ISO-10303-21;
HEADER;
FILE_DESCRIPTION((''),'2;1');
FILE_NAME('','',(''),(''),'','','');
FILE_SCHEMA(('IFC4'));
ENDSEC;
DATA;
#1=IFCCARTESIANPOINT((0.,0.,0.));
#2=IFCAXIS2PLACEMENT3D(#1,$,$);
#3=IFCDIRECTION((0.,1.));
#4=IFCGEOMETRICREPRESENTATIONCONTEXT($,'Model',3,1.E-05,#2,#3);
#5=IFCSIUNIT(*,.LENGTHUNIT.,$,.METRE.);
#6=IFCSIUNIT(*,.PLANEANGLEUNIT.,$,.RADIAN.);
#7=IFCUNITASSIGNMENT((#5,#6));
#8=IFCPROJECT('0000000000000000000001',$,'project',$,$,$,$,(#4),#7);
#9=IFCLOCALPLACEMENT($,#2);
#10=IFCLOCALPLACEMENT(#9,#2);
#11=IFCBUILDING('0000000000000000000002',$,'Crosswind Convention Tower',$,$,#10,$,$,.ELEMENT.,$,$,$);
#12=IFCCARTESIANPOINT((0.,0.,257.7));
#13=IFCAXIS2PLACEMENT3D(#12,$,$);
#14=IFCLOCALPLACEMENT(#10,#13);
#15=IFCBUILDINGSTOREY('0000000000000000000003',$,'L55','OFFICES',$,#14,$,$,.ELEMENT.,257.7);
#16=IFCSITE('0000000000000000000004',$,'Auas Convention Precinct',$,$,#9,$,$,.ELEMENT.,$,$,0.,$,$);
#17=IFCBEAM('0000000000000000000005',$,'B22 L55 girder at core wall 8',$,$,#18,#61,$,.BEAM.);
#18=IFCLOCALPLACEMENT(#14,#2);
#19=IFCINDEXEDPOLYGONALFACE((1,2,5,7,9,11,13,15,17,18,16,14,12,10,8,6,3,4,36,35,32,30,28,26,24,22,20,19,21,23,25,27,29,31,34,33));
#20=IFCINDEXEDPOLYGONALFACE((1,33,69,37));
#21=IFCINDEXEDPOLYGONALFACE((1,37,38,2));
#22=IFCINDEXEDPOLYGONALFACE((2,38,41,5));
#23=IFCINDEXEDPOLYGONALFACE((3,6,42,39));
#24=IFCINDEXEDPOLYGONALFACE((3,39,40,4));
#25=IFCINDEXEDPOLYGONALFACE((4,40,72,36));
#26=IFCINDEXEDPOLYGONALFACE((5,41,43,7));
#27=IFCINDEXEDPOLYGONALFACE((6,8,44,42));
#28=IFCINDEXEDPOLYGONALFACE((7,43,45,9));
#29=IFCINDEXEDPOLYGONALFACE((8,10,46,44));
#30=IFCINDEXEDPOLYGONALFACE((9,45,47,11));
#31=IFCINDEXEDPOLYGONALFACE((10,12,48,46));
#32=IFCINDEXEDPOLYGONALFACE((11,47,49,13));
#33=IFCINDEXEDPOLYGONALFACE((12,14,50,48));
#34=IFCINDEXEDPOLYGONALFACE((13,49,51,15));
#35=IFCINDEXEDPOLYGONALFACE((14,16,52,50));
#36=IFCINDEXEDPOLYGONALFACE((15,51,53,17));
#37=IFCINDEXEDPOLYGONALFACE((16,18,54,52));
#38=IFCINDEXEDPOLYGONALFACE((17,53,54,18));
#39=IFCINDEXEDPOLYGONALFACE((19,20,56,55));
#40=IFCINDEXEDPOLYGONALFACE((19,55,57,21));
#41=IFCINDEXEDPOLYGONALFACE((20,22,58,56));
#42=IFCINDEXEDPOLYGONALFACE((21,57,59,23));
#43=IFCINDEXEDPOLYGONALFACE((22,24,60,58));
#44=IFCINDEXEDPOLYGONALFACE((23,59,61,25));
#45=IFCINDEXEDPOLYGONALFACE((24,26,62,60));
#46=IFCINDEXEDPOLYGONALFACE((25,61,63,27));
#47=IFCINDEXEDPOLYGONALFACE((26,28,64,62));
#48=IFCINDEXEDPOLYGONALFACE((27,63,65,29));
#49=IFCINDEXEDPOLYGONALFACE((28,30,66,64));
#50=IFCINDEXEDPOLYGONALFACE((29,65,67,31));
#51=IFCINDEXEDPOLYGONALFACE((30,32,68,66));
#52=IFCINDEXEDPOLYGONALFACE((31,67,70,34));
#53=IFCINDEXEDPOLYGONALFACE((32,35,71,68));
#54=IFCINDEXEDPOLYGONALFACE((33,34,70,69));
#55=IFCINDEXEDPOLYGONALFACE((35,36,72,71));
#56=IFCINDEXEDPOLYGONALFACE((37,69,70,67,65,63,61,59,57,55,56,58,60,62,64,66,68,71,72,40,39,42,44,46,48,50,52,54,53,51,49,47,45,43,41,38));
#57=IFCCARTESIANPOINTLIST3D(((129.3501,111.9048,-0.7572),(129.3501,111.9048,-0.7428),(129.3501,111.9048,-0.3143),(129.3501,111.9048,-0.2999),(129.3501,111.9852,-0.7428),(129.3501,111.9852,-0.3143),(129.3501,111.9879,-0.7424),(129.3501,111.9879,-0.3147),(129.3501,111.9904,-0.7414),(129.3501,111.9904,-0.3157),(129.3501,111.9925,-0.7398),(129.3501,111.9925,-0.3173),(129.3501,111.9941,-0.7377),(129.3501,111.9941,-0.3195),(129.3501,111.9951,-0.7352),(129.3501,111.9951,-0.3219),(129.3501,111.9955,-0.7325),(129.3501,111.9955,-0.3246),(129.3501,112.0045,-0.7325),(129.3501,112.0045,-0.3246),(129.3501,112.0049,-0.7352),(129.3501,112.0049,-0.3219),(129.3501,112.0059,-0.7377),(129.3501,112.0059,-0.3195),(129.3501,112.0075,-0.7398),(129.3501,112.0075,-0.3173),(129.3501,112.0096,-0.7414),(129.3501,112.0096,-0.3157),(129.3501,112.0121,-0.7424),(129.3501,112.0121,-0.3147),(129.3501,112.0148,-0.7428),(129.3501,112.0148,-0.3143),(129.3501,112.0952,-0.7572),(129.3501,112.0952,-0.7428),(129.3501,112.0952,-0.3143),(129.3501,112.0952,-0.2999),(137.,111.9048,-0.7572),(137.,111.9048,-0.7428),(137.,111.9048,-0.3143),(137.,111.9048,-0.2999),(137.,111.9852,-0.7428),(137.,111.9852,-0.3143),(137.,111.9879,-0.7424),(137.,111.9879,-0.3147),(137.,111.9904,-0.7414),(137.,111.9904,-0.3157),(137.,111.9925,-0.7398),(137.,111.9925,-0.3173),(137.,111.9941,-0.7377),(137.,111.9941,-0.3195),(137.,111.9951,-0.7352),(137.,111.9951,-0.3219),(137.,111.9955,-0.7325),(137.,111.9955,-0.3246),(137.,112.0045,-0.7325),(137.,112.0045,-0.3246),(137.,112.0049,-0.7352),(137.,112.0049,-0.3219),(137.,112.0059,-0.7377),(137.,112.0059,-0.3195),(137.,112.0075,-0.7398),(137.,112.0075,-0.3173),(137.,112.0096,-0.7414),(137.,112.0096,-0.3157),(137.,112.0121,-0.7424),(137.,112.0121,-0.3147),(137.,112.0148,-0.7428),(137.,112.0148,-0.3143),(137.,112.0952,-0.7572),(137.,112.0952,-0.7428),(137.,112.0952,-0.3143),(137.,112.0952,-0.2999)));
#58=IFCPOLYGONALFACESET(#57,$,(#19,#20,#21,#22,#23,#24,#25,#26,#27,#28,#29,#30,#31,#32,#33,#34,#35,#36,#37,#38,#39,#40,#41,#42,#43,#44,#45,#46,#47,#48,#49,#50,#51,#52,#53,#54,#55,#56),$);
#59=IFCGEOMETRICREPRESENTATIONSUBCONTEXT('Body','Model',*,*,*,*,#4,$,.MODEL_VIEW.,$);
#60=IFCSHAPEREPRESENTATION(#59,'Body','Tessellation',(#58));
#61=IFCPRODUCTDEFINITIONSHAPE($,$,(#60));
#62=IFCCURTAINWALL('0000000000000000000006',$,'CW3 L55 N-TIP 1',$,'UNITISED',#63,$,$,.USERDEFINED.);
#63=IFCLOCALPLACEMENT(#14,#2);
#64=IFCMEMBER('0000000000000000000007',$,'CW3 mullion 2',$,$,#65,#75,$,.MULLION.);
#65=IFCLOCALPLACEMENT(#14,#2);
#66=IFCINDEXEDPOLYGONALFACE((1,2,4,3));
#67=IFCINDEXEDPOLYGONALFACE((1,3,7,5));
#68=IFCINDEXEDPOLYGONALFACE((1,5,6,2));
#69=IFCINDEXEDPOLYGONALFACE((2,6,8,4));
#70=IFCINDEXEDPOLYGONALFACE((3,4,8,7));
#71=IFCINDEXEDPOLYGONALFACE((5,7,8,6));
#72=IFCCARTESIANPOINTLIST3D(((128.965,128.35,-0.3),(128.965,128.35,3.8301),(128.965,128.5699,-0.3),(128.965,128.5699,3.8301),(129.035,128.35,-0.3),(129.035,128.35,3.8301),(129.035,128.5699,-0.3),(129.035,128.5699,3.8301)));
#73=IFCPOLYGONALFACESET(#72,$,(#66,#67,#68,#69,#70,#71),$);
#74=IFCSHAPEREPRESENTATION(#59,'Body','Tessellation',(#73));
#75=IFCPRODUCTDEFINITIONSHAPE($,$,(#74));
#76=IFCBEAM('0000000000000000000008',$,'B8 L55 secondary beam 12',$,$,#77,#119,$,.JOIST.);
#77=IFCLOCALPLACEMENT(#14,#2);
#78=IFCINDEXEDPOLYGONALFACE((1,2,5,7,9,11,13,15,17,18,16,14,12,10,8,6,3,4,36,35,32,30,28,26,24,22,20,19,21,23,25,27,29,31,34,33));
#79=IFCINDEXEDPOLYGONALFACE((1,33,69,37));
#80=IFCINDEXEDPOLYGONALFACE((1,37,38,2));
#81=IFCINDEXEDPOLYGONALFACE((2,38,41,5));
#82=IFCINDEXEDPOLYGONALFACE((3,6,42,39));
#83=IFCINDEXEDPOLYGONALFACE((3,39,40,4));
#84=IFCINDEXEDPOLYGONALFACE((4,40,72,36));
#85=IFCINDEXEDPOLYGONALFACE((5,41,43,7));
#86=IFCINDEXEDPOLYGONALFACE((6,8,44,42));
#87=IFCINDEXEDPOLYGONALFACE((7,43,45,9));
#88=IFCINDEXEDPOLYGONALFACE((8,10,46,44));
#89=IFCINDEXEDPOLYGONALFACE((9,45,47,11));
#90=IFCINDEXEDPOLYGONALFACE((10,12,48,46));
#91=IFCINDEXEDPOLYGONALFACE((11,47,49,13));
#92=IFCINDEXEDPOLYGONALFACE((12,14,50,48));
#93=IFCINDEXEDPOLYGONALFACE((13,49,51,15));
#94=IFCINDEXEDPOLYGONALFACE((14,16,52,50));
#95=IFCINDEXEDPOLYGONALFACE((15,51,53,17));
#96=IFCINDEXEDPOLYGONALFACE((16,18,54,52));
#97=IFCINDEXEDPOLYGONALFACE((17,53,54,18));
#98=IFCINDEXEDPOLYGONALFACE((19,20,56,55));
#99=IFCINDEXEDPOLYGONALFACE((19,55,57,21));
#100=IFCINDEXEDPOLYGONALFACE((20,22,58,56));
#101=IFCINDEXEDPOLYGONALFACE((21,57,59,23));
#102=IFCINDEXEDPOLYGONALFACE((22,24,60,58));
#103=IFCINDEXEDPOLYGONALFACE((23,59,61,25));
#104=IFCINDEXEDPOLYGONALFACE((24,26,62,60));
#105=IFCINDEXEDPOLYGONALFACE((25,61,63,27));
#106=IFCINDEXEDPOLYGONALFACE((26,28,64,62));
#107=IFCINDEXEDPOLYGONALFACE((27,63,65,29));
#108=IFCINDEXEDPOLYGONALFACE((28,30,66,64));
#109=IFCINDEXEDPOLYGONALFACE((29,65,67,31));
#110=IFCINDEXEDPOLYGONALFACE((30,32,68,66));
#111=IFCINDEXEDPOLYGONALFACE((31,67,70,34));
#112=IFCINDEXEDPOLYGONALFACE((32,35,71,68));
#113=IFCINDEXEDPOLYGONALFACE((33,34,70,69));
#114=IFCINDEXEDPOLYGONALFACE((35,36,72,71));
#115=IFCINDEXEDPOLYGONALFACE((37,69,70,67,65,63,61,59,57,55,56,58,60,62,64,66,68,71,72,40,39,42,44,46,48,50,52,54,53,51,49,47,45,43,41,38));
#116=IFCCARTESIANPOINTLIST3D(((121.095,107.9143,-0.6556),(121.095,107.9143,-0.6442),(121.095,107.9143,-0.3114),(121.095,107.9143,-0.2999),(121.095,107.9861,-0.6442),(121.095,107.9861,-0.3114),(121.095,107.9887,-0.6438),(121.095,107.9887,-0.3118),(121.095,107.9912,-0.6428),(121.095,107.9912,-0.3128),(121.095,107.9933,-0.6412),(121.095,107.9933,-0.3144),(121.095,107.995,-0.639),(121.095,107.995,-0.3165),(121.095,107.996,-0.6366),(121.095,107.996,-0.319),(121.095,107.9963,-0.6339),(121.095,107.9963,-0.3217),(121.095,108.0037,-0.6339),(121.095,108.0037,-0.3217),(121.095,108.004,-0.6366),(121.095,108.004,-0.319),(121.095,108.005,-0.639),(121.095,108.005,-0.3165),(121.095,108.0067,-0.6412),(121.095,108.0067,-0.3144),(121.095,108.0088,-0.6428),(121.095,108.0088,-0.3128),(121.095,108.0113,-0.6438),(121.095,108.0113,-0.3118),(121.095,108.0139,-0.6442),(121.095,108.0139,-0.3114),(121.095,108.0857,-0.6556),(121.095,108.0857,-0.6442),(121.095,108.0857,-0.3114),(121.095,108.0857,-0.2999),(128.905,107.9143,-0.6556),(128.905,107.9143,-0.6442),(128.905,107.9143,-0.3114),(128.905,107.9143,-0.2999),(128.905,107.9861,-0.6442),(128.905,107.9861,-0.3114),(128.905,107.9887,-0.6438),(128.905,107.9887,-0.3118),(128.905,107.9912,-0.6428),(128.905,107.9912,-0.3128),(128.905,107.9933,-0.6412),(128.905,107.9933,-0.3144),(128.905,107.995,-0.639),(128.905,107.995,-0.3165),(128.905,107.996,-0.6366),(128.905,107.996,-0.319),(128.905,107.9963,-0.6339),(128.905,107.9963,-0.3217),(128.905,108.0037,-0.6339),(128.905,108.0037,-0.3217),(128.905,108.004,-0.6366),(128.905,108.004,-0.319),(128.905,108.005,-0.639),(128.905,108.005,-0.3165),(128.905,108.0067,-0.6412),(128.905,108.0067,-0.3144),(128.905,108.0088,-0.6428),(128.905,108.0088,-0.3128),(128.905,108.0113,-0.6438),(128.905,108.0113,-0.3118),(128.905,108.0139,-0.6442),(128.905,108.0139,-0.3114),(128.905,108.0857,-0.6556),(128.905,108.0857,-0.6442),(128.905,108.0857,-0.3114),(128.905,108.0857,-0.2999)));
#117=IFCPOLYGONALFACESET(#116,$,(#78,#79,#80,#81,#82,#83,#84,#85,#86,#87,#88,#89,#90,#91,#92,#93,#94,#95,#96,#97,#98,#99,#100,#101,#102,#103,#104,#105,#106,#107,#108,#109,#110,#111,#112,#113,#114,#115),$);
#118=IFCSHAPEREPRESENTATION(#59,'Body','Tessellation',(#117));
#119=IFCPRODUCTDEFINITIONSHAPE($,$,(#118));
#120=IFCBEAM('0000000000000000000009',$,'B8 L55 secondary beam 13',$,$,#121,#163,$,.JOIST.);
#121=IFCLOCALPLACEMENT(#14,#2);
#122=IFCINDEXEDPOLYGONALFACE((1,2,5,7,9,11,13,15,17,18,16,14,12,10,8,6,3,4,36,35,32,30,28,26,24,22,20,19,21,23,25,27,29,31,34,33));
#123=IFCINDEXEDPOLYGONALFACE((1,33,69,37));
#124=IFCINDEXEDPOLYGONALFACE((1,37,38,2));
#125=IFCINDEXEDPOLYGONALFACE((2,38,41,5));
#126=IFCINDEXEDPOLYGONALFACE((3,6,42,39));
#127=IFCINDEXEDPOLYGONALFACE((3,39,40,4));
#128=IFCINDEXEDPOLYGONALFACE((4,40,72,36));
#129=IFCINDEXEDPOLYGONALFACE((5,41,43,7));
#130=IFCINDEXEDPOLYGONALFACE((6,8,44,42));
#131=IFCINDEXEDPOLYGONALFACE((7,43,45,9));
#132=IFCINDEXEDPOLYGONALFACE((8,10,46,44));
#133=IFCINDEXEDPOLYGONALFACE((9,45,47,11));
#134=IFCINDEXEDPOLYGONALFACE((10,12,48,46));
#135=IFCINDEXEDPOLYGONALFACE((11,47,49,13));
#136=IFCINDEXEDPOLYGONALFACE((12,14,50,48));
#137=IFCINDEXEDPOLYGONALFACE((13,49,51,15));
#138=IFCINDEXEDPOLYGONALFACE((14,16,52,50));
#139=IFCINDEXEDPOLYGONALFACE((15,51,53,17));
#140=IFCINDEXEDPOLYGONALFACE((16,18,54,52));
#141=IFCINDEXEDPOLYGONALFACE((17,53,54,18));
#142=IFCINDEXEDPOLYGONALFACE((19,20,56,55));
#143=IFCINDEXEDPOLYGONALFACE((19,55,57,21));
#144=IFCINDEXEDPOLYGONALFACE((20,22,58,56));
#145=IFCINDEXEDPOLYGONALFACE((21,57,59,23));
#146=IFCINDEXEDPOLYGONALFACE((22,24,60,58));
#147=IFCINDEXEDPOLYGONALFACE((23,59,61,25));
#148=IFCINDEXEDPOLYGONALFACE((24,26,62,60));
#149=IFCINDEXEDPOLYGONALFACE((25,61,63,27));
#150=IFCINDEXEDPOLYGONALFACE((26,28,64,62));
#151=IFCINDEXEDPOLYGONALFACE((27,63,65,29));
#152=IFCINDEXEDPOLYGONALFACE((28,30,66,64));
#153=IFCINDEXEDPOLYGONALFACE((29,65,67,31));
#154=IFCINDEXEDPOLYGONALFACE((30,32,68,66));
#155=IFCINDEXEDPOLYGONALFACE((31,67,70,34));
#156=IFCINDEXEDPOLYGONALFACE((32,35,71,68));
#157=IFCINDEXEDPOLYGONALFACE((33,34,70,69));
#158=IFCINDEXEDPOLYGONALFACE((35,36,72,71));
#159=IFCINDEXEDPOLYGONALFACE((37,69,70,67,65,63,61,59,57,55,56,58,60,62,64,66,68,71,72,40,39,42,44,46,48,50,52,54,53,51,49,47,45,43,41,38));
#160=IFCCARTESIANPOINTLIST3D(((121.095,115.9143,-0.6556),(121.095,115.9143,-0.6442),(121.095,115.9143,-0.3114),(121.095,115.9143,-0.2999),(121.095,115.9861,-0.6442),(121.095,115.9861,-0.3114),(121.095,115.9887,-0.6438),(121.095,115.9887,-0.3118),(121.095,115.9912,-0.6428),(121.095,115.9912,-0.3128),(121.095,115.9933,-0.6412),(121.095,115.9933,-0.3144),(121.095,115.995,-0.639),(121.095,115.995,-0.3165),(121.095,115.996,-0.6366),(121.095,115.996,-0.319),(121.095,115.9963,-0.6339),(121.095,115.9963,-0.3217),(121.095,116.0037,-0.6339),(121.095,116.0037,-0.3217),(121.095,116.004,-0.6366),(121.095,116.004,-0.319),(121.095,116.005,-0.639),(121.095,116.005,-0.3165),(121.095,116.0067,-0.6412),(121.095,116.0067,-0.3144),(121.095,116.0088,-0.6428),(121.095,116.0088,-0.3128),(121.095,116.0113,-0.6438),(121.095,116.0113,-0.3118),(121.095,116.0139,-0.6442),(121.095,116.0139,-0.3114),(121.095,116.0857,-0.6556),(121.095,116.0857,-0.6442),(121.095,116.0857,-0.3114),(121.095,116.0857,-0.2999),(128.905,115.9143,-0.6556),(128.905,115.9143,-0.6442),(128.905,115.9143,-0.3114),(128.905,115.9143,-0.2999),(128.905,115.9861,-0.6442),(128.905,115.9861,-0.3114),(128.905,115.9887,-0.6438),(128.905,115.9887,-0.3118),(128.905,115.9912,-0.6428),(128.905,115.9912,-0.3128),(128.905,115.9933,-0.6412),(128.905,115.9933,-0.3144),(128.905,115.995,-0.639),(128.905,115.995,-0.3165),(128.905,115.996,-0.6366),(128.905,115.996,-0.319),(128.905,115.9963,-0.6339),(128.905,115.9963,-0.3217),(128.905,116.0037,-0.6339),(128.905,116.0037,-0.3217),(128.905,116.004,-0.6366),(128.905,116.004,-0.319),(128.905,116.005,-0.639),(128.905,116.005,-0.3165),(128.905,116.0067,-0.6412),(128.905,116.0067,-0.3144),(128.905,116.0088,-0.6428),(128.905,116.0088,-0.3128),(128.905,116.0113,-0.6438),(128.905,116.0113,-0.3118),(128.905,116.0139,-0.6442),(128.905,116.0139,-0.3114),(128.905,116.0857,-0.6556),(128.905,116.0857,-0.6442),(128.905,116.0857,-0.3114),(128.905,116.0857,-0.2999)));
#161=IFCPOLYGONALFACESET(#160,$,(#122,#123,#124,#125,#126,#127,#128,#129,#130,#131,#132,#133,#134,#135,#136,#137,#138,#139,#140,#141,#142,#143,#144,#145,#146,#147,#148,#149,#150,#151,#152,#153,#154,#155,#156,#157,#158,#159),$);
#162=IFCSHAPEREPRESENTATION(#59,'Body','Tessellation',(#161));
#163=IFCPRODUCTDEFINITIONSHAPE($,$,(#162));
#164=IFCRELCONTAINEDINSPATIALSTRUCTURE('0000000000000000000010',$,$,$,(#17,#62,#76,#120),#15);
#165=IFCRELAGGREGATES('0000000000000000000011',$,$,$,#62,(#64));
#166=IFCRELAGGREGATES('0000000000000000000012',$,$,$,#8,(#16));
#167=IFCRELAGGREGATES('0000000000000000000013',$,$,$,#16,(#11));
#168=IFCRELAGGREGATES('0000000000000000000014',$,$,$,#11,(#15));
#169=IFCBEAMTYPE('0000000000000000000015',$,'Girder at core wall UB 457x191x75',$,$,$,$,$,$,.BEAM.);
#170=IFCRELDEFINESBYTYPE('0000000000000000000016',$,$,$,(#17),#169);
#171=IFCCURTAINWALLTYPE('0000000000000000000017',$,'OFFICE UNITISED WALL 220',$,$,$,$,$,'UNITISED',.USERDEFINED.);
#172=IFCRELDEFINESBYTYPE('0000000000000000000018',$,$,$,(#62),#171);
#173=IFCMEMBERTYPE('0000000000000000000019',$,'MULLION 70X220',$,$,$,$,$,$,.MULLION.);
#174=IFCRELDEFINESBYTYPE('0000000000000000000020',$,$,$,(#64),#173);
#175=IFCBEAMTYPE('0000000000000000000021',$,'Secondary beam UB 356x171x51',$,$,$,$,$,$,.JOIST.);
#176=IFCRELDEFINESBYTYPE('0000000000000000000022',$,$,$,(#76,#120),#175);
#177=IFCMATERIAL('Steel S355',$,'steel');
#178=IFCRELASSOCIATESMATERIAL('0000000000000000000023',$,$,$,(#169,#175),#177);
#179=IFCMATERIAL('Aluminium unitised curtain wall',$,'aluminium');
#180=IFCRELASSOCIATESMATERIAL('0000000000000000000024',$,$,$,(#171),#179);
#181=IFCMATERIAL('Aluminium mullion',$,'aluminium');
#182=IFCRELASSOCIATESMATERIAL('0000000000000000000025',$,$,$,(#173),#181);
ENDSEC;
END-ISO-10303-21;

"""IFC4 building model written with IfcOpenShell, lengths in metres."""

from ifc_helpers import new_model, si_unit, direction, frame, origin, origin_2d, place, context, subcontext, project, spatial, rectangle, i_section, extrude, material, material_profile, profile_set, type_object, element, aggregate, save


model = new_model("IFC4")

# Units and contexts
model_context = context("Model", 3, precision=1e-05, world=origin(), true_north=direction((0.0, 1.0)))
body_context = subcontext(model_context, "Body", "Model", "MODEL_VIEW")
ifc_project = project(units=[si_unit("LENGTHUNIT", "METRE"), si_unit("PLANEANGLEUNIT", "RADIAN")], contexts=[model_context])

# Site, building, storey
site_placement = place(None, origin())
site = spatial("IfcSite", under=ifc_project, at=site_placement, Name="Auas Convention Precinct", CompositionType="ELEMENT", RefElevation=0.0)
building_placement = place(site_placement, origin())
building = spatial("IfcBuilding", under=site, at=building_placement, Name="Crosswind Convention Tower", CompositionType="ELEMENT")
storey_placement = place(building_placement, frame((0.0, 0.0, 257.7)))
storey = spatial("IfcBuildingStorey", under=building, at=storey_placement, Name="L55", Description="OFFICES", CompositionType="ELEMENT", Elevation=257.7)

# Beam
ifc_material_1 = material(Name="Steel S355", Category="steel")
ifc_material_profile_1 = material_profile(ifc_material_1, i_section(OverallWidth=0.1904, OverallDepth=0.4573, WebThickness=0.009, FlangeThickness=0.0144, FilletRadius=0.0103, at=origin_2d()), Name="UB 457x191x75")
ifc_profile_set_1 = profile_set([ifc_material_profile_1], Name="Steel S355")
beam_type_1 = type_object("IfcBeamType", Name="Girder at core wall UB 457x191x75", PredefinedType="BEAM", material=ifc_profile_set_1)
for number, where, z_axis, x_axis, name in (
    (1, (129.3501, 112.0, -0.5286), (1.0, 0.0, 0.0), (0.0, 1.0, 0.0), "B22 L55 girder at core wall 8"),
):
    element("IfcBeam", number, at=place(storey_placement, frame(where, z_axis=z_axis, x_axis=x_axis)), inside=storey, type_object=beam_type_1, Name=name, PredefinedType="BEAM", context=body_context, shape_type="SweptSolid", body=[
        extrude(i_section(OverallWidth=0.1904, OverallDepth=0.4573, WebThickness=0.009, FlangeThickness=0.0144, FilletRadius=0.0103, at=origin_2d()), origin(), (0.0, 0.0, 1.0), 7.6499),
    ])

# Curtain wall, member
ifc_material_2 = material(Name="Aluminium unitised curtain wall", Category="aluminium")
curtain_wall_type = type_object("IfcCurtainWallType", Name="OFFICE UNITISED WALL 220", ElementType="UNITISED", PredefinedType="USERDEFINED", material=ifc_material_2)
curtain_wall_placement = place(storey_placement, origin())
curtain_wall = element("IfcCurtainWall", 2, at=curtain_wall_placement, inside=storey, type_object=curtain_wall_type, Name="CW3 L55 N-TIP 1", ObjectType="UNITISED", PredefinedType="USERDEFINED")
ifc_material_3 = material(Name="Aluminium mullion", Category="aluminium")
ifc_material_profile_2 = material_profile(ifc_material_3, rectangle(XDim=0.22, YDim=0.0701, at=origin_2d()), Name="AL 220X70")
ifc_profile_set_2 = profile_set([ifc_material_profile_2], Name="Aluminium mullion")
member_type = type_object("IfcMemberType", Name="MULLION 70X220", PredefinedType="MULLION", material=ifc_profile_set_2)
member_placement = place(storey_placement, frame((129.0, 128.46, -0.3), z_axis=(0.0, 0.0, 1.0), x_axis=(0.0, 1.0, 0.0)))
member = element("IfcMember", 3, at=member_placement, type_object=member_type, Name="CW3 mullion 2", PredefinedType="MULLION", context=body_context, shape_type="SweptSolid", body=[
    extrude(rectangle(XDim=0.22, YDim=0.0701, at=origin_2d()), origin(), (0.0, 0.0, 1.0), 4.1301),
])

# Beams
ifc_material_profile_3 = material_profile(ifc_material_1, i_section(OverallWidth=0.1714, OverallDepth=0.3557, WebThickness=0.0073, FlangeThickness=0.0115, FilletRadius=0.0103, at=origin_2d()), Name="UB 356x171x51")
ifc_profile_set_3 = profile_set([ifc_material_profile_3], Name="Steel S355")
beam_type_2 = type_object("IfcBeamType", Name="Secondary beam UB 356x171x51", PredefinedType="JOIST", material=ifc_profile_set_3)
for number, where, z_axis, x_axis, name in (
    (4, (121.095, 108.0, -0.4778), (1.0, 0.0, 0.0), (0.0, 1.0, 0.0), "B8 L55 secondary beam 12"),
    (5, (121.095, 116.0, -0.4778), (1.0, 0.0, 0.0), (0.0, 1.0, 0.0), "B8 L55 secondary beam 13"),
):
    element("IfcBeam", number, at=place(storey_placement, frame(where, z_axis=z_axis, x_axis=x_axis)), inside=storey, type_object=beam_type_2, Name=name, PredefinedType="JOIST", context=body_context, shape_type="SweptSolid", body=[
        extrude(i_section(OverallWidth=0.1714, OverallDepth=0.3557, WebThickness=0.0073, FlangeThickness=0.0115, FilletRadius=0.0103, at=origin_2d()), origin(), (0.0, 0.0, 1.0), 7.8101),
    ])

aggregate(curtain_wall, [member])

save(model, "model.ifc")
